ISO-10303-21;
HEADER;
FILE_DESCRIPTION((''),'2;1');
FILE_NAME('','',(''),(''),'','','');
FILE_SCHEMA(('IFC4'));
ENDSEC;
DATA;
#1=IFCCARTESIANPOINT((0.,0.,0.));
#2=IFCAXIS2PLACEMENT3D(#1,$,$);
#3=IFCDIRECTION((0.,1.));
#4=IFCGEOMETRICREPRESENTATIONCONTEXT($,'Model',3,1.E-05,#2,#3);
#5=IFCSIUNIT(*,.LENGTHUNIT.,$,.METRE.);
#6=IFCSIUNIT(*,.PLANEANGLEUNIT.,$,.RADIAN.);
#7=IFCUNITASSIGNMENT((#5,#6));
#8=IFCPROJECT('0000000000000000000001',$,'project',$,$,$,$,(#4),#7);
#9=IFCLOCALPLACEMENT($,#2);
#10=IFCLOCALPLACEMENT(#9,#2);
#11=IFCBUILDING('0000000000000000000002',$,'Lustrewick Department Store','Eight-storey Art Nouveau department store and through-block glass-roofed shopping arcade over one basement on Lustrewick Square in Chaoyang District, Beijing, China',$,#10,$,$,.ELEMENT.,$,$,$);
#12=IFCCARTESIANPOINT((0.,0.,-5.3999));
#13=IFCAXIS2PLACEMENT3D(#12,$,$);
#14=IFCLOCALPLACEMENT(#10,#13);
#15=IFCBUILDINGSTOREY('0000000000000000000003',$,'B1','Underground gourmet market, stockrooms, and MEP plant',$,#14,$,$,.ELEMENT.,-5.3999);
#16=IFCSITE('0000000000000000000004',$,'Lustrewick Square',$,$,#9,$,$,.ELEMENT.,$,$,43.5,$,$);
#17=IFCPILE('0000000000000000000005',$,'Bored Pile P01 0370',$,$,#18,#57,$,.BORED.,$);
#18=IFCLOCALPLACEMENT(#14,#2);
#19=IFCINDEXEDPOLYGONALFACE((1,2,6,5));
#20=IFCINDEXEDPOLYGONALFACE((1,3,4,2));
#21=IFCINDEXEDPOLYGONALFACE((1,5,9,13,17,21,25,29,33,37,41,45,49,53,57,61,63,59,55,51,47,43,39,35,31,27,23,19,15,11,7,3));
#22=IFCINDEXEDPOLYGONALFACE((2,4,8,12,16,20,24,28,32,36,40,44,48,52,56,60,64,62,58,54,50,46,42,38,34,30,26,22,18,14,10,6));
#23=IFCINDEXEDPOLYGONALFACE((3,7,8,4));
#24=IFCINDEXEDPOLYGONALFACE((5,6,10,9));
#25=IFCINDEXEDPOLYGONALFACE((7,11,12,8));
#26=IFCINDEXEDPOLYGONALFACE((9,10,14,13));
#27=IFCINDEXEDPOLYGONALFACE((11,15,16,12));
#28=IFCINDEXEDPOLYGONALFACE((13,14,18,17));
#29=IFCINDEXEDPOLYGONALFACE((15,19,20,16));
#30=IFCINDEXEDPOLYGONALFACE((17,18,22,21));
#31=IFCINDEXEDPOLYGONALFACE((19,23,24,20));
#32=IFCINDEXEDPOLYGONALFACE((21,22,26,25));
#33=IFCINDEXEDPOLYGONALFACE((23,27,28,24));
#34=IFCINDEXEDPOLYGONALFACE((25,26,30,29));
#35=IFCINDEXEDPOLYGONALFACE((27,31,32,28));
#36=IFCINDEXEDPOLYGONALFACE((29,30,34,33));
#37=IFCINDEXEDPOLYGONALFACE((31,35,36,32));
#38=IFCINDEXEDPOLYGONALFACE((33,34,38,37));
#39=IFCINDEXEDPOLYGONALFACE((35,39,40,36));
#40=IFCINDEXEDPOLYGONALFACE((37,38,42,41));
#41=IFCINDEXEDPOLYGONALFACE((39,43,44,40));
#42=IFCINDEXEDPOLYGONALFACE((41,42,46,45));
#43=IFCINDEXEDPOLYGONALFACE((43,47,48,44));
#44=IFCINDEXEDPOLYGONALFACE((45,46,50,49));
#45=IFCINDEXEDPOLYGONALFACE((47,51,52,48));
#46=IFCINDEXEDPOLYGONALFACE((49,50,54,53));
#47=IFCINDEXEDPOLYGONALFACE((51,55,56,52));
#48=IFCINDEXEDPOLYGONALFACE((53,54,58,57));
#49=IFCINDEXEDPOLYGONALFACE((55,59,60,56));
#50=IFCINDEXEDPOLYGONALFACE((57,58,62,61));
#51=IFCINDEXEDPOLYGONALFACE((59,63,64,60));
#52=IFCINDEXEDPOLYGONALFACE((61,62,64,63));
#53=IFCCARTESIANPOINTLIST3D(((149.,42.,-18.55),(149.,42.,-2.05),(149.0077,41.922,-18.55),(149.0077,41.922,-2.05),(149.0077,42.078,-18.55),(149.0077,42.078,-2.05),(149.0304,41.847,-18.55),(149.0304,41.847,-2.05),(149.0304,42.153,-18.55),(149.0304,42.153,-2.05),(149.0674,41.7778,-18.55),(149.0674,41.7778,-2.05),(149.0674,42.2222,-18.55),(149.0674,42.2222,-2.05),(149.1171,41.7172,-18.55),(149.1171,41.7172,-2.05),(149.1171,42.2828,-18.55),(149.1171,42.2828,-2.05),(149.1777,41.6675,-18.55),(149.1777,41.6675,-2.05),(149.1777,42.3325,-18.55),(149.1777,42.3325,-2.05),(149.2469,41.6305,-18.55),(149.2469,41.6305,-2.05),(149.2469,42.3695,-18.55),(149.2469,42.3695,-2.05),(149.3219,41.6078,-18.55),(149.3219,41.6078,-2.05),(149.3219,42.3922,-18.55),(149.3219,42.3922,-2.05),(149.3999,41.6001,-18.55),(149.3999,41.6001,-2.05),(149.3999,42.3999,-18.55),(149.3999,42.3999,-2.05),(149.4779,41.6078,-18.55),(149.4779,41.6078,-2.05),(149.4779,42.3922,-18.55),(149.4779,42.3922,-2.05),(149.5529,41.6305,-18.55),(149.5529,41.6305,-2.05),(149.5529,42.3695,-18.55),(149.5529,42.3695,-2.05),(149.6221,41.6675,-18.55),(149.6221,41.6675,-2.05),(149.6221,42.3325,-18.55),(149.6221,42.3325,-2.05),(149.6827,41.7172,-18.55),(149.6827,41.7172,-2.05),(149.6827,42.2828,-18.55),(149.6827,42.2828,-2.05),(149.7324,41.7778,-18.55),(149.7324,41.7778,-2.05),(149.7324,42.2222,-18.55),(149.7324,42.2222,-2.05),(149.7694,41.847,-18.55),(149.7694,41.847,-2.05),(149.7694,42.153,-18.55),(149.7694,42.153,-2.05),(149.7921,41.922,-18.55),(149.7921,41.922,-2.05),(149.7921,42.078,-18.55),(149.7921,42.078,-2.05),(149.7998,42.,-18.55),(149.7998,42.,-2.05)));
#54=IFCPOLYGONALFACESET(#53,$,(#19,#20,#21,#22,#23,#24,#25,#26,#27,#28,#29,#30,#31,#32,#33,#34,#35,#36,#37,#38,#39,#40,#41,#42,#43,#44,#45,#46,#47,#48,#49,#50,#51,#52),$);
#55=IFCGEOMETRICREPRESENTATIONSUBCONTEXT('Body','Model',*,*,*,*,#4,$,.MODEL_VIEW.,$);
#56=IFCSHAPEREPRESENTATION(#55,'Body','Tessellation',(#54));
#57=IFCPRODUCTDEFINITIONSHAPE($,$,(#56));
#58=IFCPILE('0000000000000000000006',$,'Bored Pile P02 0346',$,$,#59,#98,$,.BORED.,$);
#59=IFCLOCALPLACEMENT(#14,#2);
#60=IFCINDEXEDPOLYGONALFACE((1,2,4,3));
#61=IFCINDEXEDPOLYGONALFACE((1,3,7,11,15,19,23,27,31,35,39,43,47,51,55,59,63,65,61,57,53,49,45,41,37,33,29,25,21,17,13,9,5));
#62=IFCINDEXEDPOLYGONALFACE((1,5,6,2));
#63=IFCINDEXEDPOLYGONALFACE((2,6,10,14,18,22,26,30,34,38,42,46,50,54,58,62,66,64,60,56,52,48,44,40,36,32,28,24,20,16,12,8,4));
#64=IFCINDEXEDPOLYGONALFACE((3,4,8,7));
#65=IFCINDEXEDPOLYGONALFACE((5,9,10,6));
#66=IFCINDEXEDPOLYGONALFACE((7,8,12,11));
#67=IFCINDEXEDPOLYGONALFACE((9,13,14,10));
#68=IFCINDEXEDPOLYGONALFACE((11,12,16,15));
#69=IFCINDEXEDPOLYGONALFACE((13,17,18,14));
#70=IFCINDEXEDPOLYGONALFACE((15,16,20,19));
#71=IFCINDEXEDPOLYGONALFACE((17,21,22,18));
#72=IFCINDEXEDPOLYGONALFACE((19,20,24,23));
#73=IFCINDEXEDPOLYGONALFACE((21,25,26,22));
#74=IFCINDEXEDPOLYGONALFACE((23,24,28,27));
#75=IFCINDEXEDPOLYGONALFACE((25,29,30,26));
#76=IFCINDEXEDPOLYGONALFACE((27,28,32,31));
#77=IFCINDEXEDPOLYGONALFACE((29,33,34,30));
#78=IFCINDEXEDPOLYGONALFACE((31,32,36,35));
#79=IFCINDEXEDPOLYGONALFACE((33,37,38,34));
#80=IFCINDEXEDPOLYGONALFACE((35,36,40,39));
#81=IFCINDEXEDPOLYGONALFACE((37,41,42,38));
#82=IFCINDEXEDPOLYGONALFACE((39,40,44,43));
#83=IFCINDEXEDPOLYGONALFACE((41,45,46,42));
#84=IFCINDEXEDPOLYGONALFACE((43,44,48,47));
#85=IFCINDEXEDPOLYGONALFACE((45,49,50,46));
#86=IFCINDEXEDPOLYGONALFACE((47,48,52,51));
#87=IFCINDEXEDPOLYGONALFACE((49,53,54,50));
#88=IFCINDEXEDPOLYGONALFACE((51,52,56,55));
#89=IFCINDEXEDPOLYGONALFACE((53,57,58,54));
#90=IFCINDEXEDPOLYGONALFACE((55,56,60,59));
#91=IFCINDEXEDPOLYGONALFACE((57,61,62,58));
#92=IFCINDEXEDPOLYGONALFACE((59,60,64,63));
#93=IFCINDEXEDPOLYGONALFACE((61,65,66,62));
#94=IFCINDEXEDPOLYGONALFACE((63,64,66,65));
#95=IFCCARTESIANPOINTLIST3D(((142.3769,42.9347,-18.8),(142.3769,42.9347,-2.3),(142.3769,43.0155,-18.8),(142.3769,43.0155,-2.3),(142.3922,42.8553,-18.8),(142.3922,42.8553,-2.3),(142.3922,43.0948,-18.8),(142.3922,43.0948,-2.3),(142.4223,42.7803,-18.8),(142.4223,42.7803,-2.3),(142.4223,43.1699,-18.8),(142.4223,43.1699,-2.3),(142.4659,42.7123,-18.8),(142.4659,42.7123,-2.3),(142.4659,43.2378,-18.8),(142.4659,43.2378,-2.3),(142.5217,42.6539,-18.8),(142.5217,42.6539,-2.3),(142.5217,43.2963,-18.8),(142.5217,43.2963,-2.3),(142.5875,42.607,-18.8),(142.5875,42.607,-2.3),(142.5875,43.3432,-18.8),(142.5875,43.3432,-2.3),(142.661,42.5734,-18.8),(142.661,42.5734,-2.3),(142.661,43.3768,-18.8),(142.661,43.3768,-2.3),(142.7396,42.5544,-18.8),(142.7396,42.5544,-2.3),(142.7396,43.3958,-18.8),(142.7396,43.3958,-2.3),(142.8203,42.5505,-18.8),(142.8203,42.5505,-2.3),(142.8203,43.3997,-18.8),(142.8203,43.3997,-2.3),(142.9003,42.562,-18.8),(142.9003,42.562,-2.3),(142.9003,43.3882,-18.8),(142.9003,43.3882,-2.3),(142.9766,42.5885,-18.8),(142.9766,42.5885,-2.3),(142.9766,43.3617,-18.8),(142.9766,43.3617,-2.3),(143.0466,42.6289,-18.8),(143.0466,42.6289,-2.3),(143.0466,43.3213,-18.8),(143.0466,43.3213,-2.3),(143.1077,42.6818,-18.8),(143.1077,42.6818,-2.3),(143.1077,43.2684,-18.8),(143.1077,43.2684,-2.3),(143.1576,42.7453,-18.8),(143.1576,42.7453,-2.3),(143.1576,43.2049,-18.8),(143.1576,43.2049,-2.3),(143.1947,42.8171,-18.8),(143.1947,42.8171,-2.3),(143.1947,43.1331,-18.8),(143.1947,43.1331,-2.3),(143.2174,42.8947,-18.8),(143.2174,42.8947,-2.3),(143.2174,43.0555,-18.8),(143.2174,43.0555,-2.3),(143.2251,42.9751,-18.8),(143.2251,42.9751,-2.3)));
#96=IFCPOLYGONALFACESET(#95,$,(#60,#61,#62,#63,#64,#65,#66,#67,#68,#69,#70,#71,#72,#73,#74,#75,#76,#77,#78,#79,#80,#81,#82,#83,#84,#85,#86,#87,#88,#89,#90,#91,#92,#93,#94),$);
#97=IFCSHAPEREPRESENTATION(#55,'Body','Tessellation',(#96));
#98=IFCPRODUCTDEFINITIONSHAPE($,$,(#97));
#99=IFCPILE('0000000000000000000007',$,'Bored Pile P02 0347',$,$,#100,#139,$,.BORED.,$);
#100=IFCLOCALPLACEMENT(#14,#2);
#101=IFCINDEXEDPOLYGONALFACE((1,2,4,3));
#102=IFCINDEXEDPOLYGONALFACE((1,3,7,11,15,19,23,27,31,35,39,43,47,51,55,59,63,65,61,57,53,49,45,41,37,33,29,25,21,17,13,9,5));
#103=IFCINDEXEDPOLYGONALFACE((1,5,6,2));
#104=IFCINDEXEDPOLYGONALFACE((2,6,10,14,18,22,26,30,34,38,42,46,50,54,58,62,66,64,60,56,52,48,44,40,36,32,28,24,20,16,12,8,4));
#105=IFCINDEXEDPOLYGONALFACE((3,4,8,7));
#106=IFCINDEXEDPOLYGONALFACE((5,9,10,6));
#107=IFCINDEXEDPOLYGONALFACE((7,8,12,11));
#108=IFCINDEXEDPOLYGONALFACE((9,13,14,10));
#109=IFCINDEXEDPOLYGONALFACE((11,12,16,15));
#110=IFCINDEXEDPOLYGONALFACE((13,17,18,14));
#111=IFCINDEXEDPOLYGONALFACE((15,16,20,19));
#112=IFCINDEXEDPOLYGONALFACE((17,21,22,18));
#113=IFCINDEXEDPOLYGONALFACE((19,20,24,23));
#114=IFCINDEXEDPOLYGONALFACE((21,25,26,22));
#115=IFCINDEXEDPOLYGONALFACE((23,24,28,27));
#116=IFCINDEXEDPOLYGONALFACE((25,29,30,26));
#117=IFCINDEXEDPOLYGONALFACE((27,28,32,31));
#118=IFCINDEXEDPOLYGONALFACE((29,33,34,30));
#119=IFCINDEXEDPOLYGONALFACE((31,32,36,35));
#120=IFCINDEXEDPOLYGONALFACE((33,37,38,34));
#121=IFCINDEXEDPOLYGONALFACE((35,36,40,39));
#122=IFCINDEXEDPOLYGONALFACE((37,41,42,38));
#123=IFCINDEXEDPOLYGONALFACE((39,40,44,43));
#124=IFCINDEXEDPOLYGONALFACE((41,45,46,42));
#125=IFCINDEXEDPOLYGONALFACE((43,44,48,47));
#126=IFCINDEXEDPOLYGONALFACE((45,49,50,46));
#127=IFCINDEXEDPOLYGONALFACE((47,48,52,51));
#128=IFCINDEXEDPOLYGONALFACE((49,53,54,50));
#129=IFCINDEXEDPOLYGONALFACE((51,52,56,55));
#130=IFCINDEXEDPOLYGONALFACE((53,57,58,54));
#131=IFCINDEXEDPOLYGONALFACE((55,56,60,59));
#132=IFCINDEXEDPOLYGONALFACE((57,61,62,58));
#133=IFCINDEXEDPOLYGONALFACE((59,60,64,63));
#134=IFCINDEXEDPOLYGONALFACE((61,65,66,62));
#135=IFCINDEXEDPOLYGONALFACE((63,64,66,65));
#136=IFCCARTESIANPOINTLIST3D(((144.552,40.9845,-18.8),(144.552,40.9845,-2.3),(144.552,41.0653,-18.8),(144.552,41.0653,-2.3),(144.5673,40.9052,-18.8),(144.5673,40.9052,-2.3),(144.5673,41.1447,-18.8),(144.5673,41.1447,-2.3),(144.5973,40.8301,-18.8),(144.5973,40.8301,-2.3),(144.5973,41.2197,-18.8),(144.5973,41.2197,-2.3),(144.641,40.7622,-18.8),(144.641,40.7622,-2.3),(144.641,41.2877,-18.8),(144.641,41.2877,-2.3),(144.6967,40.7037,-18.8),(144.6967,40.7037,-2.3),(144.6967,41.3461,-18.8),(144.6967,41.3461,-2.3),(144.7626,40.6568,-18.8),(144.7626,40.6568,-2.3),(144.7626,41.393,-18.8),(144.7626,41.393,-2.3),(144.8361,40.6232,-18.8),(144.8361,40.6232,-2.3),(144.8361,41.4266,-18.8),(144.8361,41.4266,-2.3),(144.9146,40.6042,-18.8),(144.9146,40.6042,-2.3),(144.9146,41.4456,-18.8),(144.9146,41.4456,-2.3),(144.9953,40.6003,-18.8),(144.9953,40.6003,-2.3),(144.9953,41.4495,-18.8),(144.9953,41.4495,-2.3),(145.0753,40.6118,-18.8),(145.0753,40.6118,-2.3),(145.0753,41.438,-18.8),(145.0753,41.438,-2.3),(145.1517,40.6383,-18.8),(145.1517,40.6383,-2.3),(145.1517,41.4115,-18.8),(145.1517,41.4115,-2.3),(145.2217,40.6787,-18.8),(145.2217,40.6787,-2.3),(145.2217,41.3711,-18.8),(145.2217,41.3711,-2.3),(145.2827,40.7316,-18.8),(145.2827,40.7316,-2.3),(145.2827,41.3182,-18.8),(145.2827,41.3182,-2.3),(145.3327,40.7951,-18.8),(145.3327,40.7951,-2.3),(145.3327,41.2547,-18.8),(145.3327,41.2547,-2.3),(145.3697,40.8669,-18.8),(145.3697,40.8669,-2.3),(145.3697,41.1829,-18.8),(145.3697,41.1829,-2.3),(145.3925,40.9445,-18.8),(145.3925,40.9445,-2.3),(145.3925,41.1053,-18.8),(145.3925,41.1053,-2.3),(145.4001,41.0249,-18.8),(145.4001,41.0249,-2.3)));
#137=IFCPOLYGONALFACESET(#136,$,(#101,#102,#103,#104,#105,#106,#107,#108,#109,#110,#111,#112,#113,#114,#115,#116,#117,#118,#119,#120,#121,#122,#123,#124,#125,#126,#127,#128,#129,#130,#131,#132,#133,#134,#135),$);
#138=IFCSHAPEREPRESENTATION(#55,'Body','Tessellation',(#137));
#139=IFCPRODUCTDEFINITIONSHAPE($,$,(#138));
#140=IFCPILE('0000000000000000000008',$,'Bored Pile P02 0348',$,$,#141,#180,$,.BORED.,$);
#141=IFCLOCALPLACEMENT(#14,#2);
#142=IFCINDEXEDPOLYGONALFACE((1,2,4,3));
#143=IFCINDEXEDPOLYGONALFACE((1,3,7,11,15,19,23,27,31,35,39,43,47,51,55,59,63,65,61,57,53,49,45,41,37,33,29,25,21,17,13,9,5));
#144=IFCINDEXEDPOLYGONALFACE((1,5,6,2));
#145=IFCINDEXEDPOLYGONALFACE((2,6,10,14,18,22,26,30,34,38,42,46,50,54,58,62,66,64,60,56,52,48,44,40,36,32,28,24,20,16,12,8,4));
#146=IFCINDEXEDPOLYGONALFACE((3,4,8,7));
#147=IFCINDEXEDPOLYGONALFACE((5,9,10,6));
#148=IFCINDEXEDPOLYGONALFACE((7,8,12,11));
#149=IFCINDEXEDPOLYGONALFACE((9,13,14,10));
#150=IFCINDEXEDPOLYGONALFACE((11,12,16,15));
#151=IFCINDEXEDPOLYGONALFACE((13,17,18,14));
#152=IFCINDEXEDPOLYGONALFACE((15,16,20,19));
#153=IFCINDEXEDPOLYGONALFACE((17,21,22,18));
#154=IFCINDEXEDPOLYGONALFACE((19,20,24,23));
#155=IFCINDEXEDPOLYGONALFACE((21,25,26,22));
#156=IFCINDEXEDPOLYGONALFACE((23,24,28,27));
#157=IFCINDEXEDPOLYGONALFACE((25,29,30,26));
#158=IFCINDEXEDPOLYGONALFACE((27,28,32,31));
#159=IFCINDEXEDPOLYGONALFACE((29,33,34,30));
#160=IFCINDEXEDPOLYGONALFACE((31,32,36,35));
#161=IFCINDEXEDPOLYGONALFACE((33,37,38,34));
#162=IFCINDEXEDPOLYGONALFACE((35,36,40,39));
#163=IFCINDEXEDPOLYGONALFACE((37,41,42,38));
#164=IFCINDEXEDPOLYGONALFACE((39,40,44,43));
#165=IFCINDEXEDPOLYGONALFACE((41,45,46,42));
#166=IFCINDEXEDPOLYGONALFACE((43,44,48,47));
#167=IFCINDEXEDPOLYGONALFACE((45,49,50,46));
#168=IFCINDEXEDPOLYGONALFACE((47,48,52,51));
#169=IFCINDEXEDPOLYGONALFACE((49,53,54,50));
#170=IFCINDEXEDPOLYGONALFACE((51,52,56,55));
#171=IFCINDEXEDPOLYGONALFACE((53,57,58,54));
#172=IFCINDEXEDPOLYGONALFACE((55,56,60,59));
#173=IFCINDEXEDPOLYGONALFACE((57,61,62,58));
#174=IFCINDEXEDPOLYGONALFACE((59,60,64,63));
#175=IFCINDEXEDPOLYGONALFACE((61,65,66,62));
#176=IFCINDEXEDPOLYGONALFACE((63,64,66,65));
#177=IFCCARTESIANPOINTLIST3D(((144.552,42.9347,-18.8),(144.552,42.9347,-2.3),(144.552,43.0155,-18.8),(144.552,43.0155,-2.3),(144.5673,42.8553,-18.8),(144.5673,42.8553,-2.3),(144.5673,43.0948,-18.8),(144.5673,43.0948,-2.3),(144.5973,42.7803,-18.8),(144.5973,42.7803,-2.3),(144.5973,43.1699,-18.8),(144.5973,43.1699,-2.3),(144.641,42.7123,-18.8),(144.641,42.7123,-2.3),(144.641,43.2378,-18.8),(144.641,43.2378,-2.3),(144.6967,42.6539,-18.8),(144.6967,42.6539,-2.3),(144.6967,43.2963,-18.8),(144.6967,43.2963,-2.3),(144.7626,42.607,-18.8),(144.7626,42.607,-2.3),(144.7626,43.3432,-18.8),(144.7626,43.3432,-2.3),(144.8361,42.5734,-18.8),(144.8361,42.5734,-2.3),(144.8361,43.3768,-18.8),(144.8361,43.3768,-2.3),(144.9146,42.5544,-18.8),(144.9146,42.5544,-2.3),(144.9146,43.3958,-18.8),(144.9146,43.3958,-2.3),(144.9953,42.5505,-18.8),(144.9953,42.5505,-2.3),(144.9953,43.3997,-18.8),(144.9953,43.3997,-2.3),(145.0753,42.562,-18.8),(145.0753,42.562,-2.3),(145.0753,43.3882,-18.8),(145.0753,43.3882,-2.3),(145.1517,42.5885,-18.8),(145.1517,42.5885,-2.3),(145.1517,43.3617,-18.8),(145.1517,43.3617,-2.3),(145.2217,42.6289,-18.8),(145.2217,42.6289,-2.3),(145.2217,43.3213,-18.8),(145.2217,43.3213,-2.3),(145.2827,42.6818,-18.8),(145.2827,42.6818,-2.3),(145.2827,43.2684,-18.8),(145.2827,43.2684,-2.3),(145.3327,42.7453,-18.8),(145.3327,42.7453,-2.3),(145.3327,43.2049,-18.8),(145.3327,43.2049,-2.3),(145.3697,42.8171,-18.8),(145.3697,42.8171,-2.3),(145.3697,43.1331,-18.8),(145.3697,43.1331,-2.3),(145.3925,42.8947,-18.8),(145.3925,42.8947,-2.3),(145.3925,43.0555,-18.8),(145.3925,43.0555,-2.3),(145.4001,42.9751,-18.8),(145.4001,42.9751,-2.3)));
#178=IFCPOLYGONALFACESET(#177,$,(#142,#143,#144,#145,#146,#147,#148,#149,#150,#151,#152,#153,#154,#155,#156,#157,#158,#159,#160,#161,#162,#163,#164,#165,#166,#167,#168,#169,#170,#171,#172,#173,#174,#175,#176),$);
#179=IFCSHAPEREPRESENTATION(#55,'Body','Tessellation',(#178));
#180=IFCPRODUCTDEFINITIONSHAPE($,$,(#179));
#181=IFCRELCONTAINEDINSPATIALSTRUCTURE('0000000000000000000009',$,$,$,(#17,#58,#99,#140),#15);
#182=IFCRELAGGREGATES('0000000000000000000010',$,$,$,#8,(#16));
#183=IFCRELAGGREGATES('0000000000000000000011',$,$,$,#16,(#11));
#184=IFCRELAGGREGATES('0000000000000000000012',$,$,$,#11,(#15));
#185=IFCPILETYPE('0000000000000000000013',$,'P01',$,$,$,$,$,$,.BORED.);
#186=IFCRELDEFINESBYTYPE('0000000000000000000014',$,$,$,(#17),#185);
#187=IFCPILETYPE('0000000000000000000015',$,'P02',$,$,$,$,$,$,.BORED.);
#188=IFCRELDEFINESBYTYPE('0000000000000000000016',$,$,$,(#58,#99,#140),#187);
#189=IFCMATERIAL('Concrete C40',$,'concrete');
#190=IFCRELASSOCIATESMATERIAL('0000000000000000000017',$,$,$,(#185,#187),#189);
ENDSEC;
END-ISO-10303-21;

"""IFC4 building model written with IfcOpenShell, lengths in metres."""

from ifc_helpers import new_model, si_unit, direction, frame, origin, origin_2d, place, context, subcontext, project, spatial, circle, extrude, material, material_profile, profile_set, type_object, element, save


model = new_model("IFC4")

# Units and contexts
model_context = context("Model", 3, precision=1e-05, world=origin(), true_north=direction((0.0, 1.0)))
body_context = subcontext(model_context, "Body", "Model", "MODEL_VIEW")
ifc_project = project(units=[si_unit("LENGTHUNIT", "METRE"), si_unit("PLANEANGLEUNIT", "RADIAN")], contexts=[model_context])

# Site, building, storey
site_placement = place(None, origin())
site = spatial("IfcSite", under=ifc_project, at=site_placement, Name="Lustrewick Square", CompositionType="ELEMENT", RefElevation=43.5)
building_placement = place(site_placement, origin())
building = spatial("IfcBuilding", under=site, at=building_placement, Name="Lustrewick Department Store", Description="Eight-storey Art Nouveau department store and through-block glass-roofed shopping arcade over one basement on Lustrewick Square in Chaoyang District, Beijing, China", CompositionType="ELEMENT")
storey_placement = place(building_placement, frame((0.0, 0.0, -5.3999)))
storey = spatial("IfcBuildingStorey", under=building, at=storey_placement, Name="B1", Description="Underground gourmet market, stockrooms, and MEP plant", CompositionType="ELEMENT", Elevation=-5.3999)

# Piles
ifc_material_1 = material(Name="Concrete C40", Category="concrete")
ifc_material_profile_1 = material_profile(ifc_material_1, circle(Radius=0.3999, at=origin_2d()), Name="PILE D800")
ifc_profile_set_1 = profile_set([ifc_material_profile_1], Name="Concrete C40")
pile_type_1 = type_object("IfcPileType", Name="P01", PredefinedType="BORED", material=ifc_profile_set_1)
pile_placement = place(storey_placement, frame((149.3999, 42.0, -2.05), z_axis=(0.0, 0.0, -1.0), x_axis=(1.0, 0.0, 0.0)))
element("IfcPile", 1, at=pile_placement, inside=storey, type_object=pile_type_1, Name="Bored Pile P01 0370", PredefinedType="BORED", context=body_context, shape_type="SweptSolid", body=[
    extrude(circle(Radius=0.3999, at=origin_2d()), origin(), (0.0, 0.0, 1.0), 16.5),
])
ifc_material_profile_2 = material_profile(ifc_material_1, circle(Radius=0.425, at=origin_2d()), Name="PILE D850")
ifc_profile_set_2 = profile_set([ifc_material_profile_2], Name="Concrete C40")
pile_type_2 = type_object("IfcPileType", Name="P02", PredefinedType="BORED", material=ifc_profile_set_2)
for number, where, z_axis, x_axis, name in (
    (2, (142.8, 42.9751, -2.3), (0.0, 0.0, -1.0), (1.0, 0.0, 0.0), "Bored Pile P02 0346"),
    (3, (144.9751, 41.0249, -2.3), (0.0, 0.0, -1.0), (1.0, 0.0, 0.0), "Bored Pile P02 0347"),
    (4, (144.9751, 42.9751, -2.3), (0.0, 0.0, -1.0), (1.0, 0.0, 0.0), "Bored Pile P02 0348"),
):
    element("IfcPile", number, at=place(storey_placement, frame(where, z_axis=z_axis, x_axis=x_axis)), inside=storey, type_object=pile_type_2, Name=name, PredefinedType="BORED", context=body_context, shape_type="SweptSolid", body=[
        extrude(circle(Radius=0.425, at=origin_2d()), origin(), (0.0, 0.0, 1.0), 16.5),
    ])

save(model, "model.ifc")
